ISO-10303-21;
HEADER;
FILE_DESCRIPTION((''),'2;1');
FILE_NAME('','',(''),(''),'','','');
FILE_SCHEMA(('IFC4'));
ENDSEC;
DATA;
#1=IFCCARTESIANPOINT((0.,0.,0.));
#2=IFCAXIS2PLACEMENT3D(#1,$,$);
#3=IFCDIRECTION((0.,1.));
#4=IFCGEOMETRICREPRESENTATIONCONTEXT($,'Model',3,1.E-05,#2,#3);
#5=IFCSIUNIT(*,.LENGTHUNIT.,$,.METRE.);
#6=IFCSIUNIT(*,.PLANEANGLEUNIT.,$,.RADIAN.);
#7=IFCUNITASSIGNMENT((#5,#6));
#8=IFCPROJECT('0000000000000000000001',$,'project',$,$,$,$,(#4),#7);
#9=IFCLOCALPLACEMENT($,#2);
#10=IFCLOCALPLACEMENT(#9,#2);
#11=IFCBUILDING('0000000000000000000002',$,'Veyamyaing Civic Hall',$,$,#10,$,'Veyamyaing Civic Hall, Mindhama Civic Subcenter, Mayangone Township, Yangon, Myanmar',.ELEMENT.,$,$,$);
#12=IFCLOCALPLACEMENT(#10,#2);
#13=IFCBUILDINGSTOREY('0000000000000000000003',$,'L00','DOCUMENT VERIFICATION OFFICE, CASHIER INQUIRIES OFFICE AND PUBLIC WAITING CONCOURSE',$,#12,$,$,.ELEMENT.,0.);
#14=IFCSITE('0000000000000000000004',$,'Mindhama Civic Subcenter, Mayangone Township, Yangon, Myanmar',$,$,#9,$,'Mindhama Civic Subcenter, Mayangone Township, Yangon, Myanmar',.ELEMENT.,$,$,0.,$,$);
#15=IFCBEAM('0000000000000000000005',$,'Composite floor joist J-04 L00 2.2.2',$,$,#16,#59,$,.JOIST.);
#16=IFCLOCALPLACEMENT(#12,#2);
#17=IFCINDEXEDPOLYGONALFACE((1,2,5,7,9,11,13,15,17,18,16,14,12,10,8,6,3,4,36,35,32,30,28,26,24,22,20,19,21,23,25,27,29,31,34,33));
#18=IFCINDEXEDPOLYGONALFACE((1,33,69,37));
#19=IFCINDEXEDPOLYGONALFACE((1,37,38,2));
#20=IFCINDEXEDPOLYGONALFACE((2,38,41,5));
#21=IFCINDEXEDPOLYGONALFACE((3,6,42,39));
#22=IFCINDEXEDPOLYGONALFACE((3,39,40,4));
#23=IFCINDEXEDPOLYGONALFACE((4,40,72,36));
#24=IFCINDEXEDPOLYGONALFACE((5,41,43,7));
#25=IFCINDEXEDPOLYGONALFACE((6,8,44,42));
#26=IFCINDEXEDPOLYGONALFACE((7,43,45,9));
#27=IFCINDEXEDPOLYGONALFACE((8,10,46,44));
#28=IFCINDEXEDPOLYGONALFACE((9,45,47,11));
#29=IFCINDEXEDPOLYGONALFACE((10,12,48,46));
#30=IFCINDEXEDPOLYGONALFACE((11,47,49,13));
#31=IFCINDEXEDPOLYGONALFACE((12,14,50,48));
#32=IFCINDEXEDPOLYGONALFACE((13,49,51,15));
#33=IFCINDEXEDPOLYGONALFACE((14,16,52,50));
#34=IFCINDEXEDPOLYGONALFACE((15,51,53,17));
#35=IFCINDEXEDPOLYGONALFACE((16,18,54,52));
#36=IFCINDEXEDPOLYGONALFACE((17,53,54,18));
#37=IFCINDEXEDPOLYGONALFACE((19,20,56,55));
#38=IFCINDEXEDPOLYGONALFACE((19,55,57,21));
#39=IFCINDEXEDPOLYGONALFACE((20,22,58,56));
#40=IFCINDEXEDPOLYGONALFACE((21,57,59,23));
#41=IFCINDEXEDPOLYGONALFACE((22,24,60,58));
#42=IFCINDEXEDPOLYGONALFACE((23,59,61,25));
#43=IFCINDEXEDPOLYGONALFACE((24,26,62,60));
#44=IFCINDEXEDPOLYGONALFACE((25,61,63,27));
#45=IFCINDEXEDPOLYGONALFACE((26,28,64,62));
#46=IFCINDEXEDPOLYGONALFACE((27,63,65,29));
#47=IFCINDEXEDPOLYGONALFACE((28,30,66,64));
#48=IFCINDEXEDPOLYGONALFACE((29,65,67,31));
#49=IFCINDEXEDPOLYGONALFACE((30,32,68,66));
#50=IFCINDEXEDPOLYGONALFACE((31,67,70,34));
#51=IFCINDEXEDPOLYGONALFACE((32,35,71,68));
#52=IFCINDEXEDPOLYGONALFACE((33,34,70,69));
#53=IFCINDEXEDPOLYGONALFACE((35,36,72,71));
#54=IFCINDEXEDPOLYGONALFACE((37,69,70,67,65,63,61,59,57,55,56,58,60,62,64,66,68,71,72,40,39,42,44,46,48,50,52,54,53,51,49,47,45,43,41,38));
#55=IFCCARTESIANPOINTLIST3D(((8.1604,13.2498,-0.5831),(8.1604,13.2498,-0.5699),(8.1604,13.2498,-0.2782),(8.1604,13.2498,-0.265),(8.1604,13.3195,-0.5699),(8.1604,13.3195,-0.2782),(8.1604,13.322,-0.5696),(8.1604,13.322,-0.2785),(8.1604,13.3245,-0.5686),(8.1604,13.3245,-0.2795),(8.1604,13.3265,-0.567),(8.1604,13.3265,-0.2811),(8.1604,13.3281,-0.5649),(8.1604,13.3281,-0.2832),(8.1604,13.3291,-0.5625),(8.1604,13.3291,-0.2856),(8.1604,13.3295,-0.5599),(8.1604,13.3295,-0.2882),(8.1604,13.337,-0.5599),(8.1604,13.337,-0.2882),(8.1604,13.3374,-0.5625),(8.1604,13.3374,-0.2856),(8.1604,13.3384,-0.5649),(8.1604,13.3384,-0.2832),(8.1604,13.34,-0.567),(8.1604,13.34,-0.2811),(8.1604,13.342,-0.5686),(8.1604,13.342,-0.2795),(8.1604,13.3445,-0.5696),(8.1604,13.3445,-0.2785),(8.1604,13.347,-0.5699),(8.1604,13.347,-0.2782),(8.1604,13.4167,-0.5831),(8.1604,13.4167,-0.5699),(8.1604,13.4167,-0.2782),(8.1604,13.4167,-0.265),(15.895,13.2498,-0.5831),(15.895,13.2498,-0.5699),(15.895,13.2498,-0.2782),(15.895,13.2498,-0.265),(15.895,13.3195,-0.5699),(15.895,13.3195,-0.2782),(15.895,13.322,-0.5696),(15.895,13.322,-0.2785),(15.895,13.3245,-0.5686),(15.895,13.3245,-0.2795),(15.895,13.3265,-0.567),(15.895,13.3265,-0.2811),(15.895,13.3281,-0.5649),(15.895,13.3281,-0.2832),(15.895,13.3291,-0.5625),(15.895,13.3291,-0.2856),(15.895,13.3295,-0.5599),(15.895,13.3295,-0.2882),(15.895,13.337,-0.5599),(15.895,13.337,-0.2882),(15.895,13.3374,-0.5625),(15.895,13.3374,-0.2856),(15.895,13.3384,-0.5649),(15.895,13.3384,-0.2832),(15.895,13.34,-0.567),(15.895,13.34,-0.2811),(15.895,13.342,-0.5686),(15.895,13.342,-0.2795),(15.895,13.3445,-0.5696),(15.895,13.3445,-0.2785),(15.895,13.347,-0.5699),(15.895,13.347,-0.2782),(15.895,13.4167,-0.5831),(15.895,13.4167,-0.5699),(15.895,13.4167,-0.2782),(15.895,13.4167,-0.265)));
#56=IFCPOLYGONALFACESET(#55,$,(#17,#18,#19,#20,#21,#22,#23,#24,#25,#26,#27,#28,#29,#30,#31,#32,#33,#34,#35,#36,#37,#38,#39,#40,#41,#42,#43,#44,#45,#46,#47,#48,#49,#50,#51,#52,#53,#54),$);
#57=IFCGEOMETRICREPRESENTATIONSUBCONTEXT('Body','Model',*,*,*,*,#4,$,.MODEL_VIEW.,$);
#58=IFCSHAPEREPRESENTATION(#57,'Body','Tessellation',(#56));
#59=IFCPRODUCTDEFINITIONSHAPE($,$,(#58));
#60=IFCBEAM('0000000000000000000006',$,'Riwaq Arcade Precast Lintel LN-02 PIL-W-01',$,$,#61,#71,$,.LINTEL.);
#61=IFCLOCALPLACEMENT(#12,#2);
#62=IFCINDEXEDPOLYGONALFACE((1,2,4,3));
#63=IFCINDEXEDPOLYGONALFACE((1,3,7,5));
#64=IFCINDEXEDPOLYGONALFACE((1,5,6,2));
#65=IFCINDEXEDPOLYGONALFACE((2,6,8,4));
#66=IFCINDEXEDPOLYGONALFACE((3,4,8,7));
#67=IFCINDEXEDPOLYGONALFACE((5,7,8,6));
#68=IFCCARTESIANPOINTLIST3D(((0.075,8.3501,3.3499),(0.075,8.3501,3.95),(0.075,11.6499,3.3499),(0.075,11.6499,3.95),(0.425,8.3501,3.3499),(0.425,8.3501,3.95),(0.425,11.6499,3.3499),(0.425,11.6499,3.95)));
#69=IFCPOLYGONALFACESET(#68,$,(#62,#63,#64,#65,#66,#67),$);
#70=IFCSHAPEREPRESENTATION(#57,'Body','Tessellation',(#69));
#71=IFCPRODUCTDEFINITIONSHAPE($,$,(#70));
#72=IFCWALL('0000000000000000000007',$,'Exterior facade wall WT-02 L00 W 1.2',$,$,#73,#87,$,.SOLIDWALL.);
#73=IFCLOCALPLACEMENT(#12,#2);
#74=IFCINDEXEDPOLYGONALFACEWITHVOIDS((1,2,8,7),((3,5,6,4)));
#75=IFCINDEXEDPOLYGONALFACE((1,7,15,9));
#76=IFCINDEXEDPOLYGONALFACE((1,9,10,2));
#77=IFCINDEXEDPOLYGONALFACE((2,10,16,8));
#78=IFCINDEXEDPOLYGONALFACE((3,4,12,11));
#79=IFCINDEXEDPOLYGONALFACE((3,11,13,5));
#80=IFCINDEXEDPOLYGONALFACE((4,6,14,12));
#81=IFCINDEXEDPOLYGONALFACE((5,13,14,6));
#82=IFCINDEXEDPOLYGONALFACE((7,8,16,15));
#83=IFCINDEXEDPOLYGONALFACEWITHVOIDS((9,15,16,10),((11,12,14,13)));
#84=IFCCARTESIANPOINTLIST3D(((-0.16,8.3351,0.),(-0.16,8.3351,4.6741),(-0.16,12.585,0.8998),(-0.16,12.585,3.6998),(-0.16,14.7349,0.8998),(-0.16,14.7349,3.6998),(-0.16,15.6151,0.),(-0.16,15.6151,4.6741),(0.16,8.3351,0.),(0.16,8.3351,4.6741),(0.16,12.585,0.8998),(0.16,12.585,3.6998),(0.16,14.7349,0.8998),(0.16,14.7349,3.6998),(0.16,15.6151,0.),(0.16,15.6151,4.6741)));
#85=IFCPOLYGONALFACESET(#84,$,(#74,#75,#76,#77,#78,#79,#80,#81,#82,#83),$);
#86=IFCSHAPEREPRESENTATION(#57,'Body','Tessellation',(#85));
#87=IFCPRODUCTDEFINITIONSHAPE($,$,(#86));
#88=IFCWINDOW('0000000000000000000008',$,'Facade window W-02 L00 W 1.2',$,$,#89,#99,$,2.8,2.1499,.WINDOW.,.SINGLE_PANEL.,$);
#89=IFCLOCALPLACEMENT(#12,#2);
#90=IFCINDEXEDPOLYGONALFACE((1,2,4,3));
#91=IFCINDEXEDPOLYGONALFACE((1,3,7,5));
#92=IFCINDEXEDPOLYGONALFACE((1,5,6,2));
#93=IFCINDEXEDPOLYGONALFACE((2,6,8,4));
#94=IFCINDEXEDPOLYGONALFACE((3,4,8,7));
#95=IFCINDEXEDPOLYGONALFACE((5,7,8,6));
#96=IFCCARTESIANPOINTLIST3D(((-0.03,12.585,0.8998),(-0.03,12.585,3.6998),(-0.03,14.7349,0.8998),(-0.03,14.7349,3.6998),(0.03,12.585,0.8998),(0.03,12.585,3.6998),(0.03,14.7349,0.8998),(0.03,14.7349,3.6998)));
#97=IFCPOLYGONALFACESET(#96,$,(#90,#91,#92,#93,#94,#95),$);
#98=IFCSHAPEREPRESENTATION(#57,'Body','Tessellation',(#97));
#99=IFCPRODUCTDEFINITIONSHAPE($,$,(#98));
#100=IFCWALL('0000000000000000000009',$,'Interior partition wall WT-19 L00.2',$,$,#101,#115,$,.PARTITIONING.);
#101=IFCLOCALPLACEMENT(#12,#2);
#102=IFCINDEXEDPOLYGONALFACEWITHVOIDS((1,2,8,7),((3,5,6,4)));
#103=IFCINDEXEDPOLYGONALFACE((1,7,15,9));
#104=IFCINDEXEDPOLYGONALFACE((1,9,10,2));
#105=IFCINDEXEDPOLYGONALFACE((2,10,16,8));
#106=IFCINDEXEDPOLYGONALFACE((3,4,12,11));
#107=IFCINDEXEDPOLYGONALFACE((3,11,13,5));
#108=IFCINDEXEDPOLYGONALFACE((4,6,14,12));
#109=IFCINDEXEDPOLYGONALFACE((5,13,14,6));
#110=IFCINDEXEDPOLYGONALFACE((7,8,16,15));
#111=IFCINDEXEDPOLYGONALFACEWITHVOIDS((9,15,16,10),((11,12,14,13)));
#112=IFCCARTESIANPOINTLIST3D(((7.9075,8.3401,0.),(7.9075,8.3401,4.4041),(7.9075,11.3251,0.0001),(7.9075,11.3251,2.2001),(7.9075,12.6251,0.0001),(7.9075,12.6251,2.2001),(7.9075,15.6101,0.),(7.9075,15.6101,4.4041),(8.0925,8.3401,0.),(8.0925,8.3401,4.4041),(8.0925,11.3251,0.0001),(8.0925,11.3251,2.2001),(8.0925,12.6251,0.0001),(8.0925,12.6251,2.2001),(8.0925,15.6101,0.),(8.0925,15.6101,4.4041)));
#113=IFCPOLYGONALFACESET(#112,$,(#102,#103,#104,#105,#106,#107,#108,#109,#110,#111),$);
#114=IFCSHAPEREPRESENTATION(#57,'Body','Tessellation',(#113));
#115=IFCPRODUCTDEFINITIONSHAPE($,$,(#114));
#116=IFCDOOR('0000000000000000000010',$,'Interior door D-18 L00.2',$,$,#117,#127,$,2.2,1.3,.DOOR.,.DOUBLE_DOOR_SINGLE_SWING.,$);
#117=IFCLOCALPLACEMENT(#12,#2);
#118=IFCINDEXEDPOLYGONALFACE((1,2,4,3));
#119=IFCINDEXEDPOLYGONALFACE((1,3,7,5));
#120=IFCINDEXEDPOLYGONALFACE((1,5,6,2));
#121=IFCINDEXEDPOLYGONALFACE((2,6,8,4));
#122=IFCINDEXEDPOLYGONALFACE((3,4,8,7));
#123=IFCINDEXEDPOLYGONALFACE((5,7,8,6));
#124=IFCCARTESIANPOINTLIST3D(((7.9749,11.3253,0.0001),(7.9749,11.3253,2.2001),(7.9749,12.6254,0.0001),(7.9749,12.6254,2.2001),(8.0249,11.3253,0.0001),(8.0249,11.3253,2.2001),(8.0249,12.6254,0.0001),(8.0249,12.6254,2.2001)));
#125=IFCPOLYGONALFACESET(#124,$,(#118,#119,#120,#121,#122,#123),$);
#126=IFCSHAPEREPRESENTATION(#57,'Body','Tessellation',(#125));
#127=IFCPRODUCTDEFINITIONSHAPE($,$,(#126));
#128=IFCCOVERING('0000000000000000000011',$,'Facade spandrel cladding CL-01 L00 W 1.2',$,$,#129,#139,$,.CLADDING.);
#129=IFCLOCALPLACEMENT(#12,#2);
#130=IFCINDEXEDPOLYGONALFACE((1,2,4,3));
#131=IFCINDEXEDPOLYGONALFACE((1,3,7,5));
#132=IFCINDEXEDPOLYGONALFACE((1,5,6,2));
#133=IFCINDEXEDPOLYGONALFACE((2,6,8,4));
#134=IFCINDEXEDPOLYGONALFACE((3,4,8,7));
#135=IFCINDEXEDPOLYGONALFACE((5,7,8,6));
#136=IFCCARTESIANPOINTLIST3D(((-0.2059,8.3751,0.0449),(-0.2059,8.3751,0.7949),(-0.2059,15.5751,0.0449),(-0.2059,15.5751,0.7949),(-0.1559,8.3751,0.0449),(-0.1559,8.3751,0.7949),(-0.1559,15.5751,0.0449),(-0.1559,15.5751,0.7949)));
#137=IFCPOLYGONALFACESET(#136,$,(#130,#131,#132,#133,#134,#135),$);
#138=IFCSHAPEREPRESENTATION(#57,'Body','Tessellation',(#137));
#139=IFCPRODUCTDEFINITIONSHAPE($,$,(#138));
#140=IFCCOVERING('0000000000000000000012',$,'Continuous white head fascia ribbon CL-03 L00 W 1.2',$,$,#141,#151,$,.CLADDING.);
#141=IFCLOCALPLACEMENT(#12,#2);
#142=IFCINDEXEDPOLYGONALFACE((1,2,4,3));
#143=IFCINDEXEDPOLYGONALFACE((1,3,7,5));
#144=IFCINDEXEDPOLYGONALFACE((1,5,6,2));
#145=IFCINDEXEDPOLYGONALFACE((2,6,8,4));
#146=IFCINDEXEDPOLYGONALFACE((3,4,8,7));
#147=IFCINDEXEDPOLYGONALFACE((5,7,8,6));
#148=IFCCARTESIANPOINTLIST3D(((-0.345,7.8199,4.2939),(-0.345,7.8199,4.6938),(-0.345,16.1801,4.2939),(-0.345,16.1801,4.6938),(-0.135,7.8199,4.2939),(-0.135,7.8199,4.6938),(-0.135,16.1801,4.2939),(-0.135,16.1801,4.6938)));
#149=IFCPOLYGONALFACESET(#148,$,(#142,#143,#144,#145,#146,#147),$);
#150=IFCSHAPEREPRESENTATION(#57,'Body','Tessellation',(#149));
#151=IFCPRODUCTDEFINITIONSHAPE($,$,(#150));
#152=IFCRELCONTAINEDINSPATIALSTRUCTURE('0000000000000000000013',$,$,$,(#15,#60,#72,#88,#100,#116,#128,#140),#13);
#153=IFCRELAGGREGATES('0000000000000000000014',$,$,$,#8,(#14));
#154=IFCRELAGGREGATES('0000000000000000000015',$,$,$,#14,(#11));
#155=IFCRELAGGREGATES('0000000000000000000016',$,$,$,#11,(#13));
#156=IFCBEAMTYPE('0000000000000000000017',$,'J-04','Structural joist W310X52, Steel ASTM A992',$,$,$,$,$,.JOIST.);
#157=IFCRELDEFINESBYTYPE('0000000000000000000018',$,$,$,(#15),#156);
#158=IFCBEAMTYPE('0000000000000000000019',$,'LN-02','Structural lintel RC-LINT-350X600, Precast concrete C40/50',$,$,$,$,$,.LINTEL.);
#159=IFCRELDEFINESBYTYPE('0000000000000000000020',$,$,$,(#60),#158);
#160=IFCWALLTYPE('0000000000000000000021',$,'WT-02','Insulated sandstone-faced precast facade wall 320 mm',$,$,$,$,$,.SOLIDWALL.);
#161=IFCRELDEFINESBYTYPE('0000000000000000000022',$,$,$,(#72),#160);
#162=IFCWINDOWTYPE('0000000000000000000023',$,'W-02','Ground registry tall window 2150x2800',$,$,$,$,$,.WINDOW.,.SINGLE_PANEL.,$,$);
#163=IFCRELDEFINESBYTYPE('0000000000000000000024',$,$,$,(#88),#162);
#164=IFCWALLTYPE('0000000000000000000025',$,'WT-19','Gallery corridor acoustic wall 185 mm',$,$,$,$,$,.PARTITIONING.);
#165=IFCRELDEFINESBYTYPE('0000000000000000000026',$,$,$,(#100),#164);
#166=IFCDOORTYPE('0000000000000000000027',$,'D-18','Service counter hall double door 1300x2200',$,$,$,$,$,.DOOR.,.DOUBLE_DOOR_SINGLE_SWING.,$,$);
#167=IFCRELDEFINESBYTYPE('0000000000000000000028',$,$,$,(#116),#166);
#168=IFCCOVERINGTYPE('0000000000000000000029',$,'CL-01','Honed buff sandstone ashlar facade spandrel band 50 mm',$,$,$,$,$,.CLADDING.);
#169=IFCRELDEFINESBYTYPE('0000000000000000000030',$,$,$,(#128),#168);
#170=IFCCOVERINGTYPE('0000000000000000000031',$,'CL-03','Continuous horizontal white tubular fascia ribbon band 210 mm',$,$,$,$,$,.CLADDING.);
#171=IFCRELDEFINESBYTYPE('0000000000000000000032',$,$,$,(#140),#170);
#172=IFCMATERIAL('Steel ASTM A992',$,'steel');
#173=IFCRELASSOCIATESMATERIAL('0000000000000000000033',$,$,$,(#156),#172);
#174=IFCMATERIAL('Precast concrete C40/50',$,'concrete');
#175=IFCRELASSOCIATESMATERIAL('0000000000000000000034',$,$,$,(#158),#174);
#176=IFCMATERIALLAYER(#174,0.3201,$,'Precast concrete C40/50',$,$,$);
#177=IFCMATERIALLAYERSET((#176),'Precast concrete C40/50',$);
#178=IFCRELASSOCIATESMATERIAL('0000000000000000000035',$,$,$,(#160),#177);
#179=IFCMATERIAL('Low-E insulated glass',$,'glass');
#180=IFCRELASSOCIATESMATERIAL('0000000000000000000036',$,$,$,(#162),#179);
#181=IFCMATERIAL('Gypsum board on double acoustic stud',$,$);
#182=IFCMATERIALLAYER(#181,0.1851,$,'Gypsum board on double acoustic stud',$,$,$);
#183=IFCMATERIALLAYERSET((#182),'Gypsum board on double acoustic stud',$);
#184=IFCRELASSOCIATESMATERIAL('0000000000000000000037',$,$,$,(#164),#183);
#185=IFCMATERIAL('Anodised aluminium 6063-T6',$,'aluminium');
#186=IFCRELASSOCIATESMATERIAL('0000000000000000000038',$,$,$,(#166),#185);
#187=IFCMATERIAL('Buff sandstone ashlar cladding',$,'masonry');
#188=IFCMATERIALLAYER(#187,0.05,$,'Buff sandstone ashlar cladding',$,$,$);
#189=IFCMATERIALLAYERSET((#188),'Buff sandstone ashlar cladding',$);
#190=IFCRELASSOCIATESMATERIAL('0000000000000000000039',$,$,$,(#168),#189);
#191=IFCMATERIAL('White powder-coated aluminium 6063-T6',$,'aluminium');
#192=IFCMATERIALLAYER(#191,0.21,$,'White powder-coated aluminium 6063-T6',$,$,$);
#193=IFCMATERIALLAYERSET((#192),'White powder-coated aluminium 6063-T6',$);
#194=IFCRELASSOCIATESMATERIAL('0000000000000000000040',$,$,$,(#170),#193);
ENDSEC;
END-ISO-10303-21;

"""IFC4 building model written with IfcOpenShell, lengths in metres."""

from ifc_helpers import new_model, si_unit, direction, frame, frame_2d, origin, origin_2d, place, context, subcontext, project, spatial, rectangle, i_section, extrude, material, layer, layer_set, material_profile, profile_set, type_object, element, fill, save


model = new_model("IFC4")

# Units and contexts
model_context = context("Model", 3, precision=1e-05, world=origin(), true_north=direction((0.0, 1.0)))
body_context = subcontext(model_context, "Body", "Model", "MODEL_VIEW")
ifc_project = project(units=[si_unit("LENGTHUNIT", "METRE"), si_unit("PLANEANGLEUNIT", "RADIAN")], contexts=[model_context])

# Site, building, storey
site_placement = place(None, origin())
site = spatial("IfcSite", under=ifc_project, at=site_placement, Name="Mindhama Civic Subcenter, Mayangone Township, Yangon, Myanmar", LongName="Mindhama Civic Subcenter, Mayangone Township, Yangon, Myanmar", CompositionType="ELEMENT", RefElevation=0.0)
building_placement = place(site_placement, origin())
building = spatial("IfcBuilding", under=site, at=building_placement, Name="Veyamyaing Civic Hall", LongName="Veyamyaing Civic Hall, Mindhama Civic Subcenter, Mayangone Township, Yangon, Myanmar", CompositionType="ELEMENT")
storey_placement = place(building_placement, origin())
storey = spatial("IfcBuildingStorey", under=building, at=storey_placement, Name="L00", Description="DOCUMENT VERIFICATION OFFICE, CASHIER INQUIRIES OFFICE AND PUBLIC WAITING CONCOURSE", CompositionType="ELEMENT", Elevation=0.0)

# Beams
ifc_material_1 = material(Name="Steel ASTM A992", Category="steel")
ifc_material_profile_1 = material_profile(ifc_material_1, i_section(OverallWidth=0.167, OverallDepth=0.3181, WebThickness=0.0076, FlangeThickness=0.0132, FilletRadius=0.01, at=origin_2d()), Name="W310X52")
ifc_profile_set_1 = profile_set([ifc_material_profile_1], Name="Steel ASTM A992")
beam_type_1 = type_object("IfcBeamType", Name="J-04", Description="Structural joist W310X52, Steel ASTM A992", PredefinedType="JOIST", material=ifc_profile_set_1)
for number, where, z_axis, x_axis, name in (
    (1, (8.1604, 13.3333, -0.4241), (1.0, 0.0, 0.0), (0.0, 1.0, 0.0), "Composite floor joist J-04 L00 2.2.2"),
):
    element("IfcBeam", number, at=place(storey_placement, frame(where, z_axis=z_axis, x_axis=x_axis)), inside=storey, type_object=beam_type_1, Name=name, PredefinedType="JOIST", context=body_context, shape_type="SweptSolid", body=[
        extrude(i_section(OverallWidth=0.167, OverallDepth=0.3181, WebThickness=0.0076, FlangeThickness=0.0132, FilletRadius=0.01, at=origin_2d()), origin(), (0.0, 0.0, 1.0), 7.7346),
    ])
ifc_material_2 = material(Name="Precast concrete C40/50", Category="concrete")
ifc_material_profile_2 = material_profile(ifc_material_2, rectangle(XDim=0.3501, YDim=0.6001, at=origin_2d()), Name="RC-LINT-350X600")
ifc_profile_set_2 = profile_set([ifc_material_profile_2], Name="Precast concrete C40/50")
beam_type_2 = type_object("IfcBeamType", Name="LN-02", Description="Structural lintel RC-LINT-350X600, Precast concrete C40/50", PredefinedType="LINTEL", material=ifc_profile_set_2)
beam_1_placement = place(storey_placement, frame((0.25, 8.3501, 3.6499), z_axis=(0.0, 1.0, 0.0), x_axis=(-1.0, 0.0, 0.0)))
element("IfcBeam", 2, at=beam_1_placement, inside=storey, type_object=beam_type_2, Name="Riwaq Arcade Precast Lintel LN-02 PIL-W-01", PredefinedType="LINTEL", context=body_context, shape_type="SweptSolid", body=[
    extrude(rectangle(XDim=0.3501, YDim=0.6001, at=origin_2d()), origin(), (0.0, 0.0, 1.0), 3.2998),
])

# Wall, opening, window
ifc_layer_1 = layer(ifc_material_2, 0.3201, Name="Precast concrete C40/50")
ifc_layer_set_1 = layer_set([ifc_layer_1], Name="Precast concrete C40/50")
wall_type_1 = type_object("IfcWallType", Name="WT-02", Description="Insulated sandstone-faced precast facade wall 320 mm", PredefinedType="SOLIDWALL", material=ifc_layer_set_1)
wall_1_placement = place(storey_placement, frame((0.0, 8.335, 0.0), z_axis=(0.0, 0.0, 1.0), x_axis=(0.0, 1.0, 0.0)))
wall_1 = element("IfcWall", 3, at=wall_1_placement, inside=storey, type_object=wall_type_1, Name="Exterior facade wall WT-02 L00 W 1.2", PredefinedType="SOLIDWALL", context=body_context, shape_type="SweptSolid", body=[
    extrude(rectangle(XDim=7.28, YDim=0.3201, at=frame_2d((3.6401, 0.0))), origin(), (0.0, 0.0, 1.0), 4.6741),
])
opening_1_placement = place(wall_1_placement, frame((4.25, 0.0, 0.8999)))
opening_1 = element("IfcOpeningElement", 4, at=opening_1_placement, cuts=wall_1, PredefinedType="OPENING", context=body_context, shape_type="SweptSolid", body=[
    extrude(rectangle(XDim=2.1499, YDim=2.8, at=frame_2d((1.075, 1.3999))), frame((0.0, 0.1699, 0.0), z_axis=(0.0, -1.0, 0.0), x_axis=(1.0, 0.0, 0.0)), (0.0, 0.0, 1.0), 0.3401),
])
ifc_material_3 = material(Name="Low-E insulated glass", Category="glass")
window_type = type_object("IfcWindowType", Name="W-02", Description="Ground registry tall window 2150x2800", PartitioningType="SINGLE_PANEL", PredefinedType="WINDOW", material=ifc_material_3)
window_placement = place(opening_1_placement, origin())
window = element("IfcWindow", 5, at=window_placement, inside=storey, type_object=window_type, Name="Facade window W-02 L00 W 1.2", OverallHeight=2.8, OverallWidth=2.1499, PartitioningType="SINGLE_PANEL", PredefinedType="WINDOW", context=body_context, shape_type="SweptSolid", body=[
    extrude(rectangle(XDim=2.1499, YDim=2.8, at=frame_2d((1.075, 1.3999))), frame((0.0, 0.03, 0.0), z_axis=(0.0, -1.0, 0.0), x_axis=(1.0, 0.0, 0.0)), (0.0, 0.0, 1.0), 0.0601),
])
fill(opening_1, window)

# Wall, opening, door
ifc_material_4 = material(Name="Gypsum board on double acoustic stud")
ifc_layer_2 = layer(ifc_material_4, 0.1851, Name="Gypsum board on double acoustic stud")
ifc_layer_set_2 = layer_set([ifc_layer_2], Name="Gypsum board on double acoustic stud")
wall_type_2 = type_object("IfcWallType", Name="WT-19", Description="Gallery corridor acoustic wall 185 mm", PredefinedType="PARTITIONING", material=ifc_layer_set_2)
wall_2_placement = place(storey_placement, frame((8.0, 8.3401, 0.0), z_axis=(0.0, 0.0, 1.0), x_axis=(0.0, 1.0, 0.0)))
wall_2 = element("IfcWall", 6, at=wall_2_placement, inside=storey, type_object=wall_type_2, Name="Interior partition wall WT-19 L00.2", PredefinedType="PARTITIONING", context=body_context, shape_type="SweptSolid", body=[
    extrude(rectangle(XDim=7.27, YDim=0.1851, at=frame_2d((3.635, 0.0))), origin(), (0.0, 0.0, 1.0), 4.4041),
])
opening_2_placement = place(wall_2_placement, frame((2.9851, 0.0, 0.0)))
opening_2 = element("IfcOpeningElement", 7, at=opening_2_placement, cuts=wall_2, PredefinedType="OPENING", context=body_context, shape_type="SweptSolid", body=[
    extrude(rectangle(XDim=1.3, YDim=2.2, at=frame_2d((0.6499, 1.1001))), frame((0.0, 0.1025, 0.0), z_axis=(0.0, -1.0, 0.0), x_axis=(1.0, 0.0, 0.0)), (0.0, 0.0, 1.0), 0.2051),
])
ifc_material_5 = material(Name="Anodised aluminium 6063-T6", Category="aluminium")
door_type = type_object("IfcDoorType", Name="D-18", Description="Service counter hall double door 1300x2200", OperationType="DOUBLE_DOOR_SINGLE_SWING", PredefinedType="DOOR", material=ifc_material_5)
door_placement = place(opening_2_placement, frame((1.3, 0.0, 0.0), z_axis=(0.0, 0.0, 1.0), x_axis=(-1.0, 0.0, 0.0)))
door = element("IfcDoor", 8, at=door_placement, inside=storey, type_object=door_type, Name="Interior door D-18 L00.2", OperationType="DOUBLE_DOOR_SINGLE_SWING", OverallHeight=2.2, OverallWidth=1.3, PredefinedType="DOOR", context=body_context, shape_type="SweptSolid", body=[
    extrude(rectangle(XDim=1.3, YDim=2.2, at=frame_2d((0.6499, 1.1001))), frame((0.0, 0.0249, 0.0), z_axis=(0.0, -1.0, 0.0), x_axis=(1.0, 0.0, 0.0)), (0.0, 0.0, 1.0), 0.05),
])
fill(opening_2, door)

# Coverings
ifc_material_6 = material(Name="Buff sandstone ashlar cladding", Category="masonry")
ifc_layer_3 = layer(ifc_material_6, 0.05, Name="Buff sandstone ashlar cladding")
ifc_layer_set_3 = layer_set([ifc_layer_3], Name="Buff sandstone ashlar cladding")
covering_type_1 = type_object("IfcCoveringType", Name="CL-01", Description="Honed buff sandstone ashlar facade spandrel band 50 mm", PredefinedType="CLADDING", material=ifc_layer_set_3)
covering_1_placement = place(storey_placement, frame((-0.1809, 11.9751, 0.0449), z_axis=(0.0, 0.0, 1.0), x_axis=(0.0, 1.0, 0.0)))
element("IfcCovering", 9, at=covering_1_placement, inside=storey, type_object=covering_type_1, Name="Facade spandrel cladding CL-01 L00 W 1.2", PredefinedType="CLADDING", context=body_context, shape_type="SweptSolid", body=[
    extrude(rectangle(XDim=7.2, YDim=0.05, at=origin_2d()), origin(), (0.0, 0.0, 1.0), 0.75),
])
ifc_material_7 = material(Name="White powder-coated aluminium 6063-T6", Category="aluminium")
ifc_layer_4 = layer(ifc_material_7, 0.21, Name="White powder-coated aluminium 6063-T6")
ifc_layer_set_4 = layer_set([ifc_layer_4], Name="White powder-coated aluminium 6063-T6")
covering_type_2 = type_object("IfcCoveringType", Name="CL-03", Description="Continuous horizontal white tubular fascia ribbon band 210 mm", PredefinedType="CLADDING", material=ifc_layer_set_4)
covering_2_placement = place(storey_placement, frame((-0.24, 12.0, 4.2939), z_axis=(0.0, 0.0, 1.0), x_axis=(0.0, 1.0, 0.0)))
element("IfcCovering", 10, at=covering_2_placement, inside=storey, type_object=covering_type_2, Name="Continuous white head fascia ribbon CL-03 L00 W 1.2", PredefinedType="CLADDING", context=body_context, shape_type="SweptSolid", body=[
    extrude(rectangle(XDim=8.3601, YDim=0.21, at=origin_2d()), origin(), (0.0, 0.0, 1.0), 0.3999),
])

save(model, "model.ifc")
